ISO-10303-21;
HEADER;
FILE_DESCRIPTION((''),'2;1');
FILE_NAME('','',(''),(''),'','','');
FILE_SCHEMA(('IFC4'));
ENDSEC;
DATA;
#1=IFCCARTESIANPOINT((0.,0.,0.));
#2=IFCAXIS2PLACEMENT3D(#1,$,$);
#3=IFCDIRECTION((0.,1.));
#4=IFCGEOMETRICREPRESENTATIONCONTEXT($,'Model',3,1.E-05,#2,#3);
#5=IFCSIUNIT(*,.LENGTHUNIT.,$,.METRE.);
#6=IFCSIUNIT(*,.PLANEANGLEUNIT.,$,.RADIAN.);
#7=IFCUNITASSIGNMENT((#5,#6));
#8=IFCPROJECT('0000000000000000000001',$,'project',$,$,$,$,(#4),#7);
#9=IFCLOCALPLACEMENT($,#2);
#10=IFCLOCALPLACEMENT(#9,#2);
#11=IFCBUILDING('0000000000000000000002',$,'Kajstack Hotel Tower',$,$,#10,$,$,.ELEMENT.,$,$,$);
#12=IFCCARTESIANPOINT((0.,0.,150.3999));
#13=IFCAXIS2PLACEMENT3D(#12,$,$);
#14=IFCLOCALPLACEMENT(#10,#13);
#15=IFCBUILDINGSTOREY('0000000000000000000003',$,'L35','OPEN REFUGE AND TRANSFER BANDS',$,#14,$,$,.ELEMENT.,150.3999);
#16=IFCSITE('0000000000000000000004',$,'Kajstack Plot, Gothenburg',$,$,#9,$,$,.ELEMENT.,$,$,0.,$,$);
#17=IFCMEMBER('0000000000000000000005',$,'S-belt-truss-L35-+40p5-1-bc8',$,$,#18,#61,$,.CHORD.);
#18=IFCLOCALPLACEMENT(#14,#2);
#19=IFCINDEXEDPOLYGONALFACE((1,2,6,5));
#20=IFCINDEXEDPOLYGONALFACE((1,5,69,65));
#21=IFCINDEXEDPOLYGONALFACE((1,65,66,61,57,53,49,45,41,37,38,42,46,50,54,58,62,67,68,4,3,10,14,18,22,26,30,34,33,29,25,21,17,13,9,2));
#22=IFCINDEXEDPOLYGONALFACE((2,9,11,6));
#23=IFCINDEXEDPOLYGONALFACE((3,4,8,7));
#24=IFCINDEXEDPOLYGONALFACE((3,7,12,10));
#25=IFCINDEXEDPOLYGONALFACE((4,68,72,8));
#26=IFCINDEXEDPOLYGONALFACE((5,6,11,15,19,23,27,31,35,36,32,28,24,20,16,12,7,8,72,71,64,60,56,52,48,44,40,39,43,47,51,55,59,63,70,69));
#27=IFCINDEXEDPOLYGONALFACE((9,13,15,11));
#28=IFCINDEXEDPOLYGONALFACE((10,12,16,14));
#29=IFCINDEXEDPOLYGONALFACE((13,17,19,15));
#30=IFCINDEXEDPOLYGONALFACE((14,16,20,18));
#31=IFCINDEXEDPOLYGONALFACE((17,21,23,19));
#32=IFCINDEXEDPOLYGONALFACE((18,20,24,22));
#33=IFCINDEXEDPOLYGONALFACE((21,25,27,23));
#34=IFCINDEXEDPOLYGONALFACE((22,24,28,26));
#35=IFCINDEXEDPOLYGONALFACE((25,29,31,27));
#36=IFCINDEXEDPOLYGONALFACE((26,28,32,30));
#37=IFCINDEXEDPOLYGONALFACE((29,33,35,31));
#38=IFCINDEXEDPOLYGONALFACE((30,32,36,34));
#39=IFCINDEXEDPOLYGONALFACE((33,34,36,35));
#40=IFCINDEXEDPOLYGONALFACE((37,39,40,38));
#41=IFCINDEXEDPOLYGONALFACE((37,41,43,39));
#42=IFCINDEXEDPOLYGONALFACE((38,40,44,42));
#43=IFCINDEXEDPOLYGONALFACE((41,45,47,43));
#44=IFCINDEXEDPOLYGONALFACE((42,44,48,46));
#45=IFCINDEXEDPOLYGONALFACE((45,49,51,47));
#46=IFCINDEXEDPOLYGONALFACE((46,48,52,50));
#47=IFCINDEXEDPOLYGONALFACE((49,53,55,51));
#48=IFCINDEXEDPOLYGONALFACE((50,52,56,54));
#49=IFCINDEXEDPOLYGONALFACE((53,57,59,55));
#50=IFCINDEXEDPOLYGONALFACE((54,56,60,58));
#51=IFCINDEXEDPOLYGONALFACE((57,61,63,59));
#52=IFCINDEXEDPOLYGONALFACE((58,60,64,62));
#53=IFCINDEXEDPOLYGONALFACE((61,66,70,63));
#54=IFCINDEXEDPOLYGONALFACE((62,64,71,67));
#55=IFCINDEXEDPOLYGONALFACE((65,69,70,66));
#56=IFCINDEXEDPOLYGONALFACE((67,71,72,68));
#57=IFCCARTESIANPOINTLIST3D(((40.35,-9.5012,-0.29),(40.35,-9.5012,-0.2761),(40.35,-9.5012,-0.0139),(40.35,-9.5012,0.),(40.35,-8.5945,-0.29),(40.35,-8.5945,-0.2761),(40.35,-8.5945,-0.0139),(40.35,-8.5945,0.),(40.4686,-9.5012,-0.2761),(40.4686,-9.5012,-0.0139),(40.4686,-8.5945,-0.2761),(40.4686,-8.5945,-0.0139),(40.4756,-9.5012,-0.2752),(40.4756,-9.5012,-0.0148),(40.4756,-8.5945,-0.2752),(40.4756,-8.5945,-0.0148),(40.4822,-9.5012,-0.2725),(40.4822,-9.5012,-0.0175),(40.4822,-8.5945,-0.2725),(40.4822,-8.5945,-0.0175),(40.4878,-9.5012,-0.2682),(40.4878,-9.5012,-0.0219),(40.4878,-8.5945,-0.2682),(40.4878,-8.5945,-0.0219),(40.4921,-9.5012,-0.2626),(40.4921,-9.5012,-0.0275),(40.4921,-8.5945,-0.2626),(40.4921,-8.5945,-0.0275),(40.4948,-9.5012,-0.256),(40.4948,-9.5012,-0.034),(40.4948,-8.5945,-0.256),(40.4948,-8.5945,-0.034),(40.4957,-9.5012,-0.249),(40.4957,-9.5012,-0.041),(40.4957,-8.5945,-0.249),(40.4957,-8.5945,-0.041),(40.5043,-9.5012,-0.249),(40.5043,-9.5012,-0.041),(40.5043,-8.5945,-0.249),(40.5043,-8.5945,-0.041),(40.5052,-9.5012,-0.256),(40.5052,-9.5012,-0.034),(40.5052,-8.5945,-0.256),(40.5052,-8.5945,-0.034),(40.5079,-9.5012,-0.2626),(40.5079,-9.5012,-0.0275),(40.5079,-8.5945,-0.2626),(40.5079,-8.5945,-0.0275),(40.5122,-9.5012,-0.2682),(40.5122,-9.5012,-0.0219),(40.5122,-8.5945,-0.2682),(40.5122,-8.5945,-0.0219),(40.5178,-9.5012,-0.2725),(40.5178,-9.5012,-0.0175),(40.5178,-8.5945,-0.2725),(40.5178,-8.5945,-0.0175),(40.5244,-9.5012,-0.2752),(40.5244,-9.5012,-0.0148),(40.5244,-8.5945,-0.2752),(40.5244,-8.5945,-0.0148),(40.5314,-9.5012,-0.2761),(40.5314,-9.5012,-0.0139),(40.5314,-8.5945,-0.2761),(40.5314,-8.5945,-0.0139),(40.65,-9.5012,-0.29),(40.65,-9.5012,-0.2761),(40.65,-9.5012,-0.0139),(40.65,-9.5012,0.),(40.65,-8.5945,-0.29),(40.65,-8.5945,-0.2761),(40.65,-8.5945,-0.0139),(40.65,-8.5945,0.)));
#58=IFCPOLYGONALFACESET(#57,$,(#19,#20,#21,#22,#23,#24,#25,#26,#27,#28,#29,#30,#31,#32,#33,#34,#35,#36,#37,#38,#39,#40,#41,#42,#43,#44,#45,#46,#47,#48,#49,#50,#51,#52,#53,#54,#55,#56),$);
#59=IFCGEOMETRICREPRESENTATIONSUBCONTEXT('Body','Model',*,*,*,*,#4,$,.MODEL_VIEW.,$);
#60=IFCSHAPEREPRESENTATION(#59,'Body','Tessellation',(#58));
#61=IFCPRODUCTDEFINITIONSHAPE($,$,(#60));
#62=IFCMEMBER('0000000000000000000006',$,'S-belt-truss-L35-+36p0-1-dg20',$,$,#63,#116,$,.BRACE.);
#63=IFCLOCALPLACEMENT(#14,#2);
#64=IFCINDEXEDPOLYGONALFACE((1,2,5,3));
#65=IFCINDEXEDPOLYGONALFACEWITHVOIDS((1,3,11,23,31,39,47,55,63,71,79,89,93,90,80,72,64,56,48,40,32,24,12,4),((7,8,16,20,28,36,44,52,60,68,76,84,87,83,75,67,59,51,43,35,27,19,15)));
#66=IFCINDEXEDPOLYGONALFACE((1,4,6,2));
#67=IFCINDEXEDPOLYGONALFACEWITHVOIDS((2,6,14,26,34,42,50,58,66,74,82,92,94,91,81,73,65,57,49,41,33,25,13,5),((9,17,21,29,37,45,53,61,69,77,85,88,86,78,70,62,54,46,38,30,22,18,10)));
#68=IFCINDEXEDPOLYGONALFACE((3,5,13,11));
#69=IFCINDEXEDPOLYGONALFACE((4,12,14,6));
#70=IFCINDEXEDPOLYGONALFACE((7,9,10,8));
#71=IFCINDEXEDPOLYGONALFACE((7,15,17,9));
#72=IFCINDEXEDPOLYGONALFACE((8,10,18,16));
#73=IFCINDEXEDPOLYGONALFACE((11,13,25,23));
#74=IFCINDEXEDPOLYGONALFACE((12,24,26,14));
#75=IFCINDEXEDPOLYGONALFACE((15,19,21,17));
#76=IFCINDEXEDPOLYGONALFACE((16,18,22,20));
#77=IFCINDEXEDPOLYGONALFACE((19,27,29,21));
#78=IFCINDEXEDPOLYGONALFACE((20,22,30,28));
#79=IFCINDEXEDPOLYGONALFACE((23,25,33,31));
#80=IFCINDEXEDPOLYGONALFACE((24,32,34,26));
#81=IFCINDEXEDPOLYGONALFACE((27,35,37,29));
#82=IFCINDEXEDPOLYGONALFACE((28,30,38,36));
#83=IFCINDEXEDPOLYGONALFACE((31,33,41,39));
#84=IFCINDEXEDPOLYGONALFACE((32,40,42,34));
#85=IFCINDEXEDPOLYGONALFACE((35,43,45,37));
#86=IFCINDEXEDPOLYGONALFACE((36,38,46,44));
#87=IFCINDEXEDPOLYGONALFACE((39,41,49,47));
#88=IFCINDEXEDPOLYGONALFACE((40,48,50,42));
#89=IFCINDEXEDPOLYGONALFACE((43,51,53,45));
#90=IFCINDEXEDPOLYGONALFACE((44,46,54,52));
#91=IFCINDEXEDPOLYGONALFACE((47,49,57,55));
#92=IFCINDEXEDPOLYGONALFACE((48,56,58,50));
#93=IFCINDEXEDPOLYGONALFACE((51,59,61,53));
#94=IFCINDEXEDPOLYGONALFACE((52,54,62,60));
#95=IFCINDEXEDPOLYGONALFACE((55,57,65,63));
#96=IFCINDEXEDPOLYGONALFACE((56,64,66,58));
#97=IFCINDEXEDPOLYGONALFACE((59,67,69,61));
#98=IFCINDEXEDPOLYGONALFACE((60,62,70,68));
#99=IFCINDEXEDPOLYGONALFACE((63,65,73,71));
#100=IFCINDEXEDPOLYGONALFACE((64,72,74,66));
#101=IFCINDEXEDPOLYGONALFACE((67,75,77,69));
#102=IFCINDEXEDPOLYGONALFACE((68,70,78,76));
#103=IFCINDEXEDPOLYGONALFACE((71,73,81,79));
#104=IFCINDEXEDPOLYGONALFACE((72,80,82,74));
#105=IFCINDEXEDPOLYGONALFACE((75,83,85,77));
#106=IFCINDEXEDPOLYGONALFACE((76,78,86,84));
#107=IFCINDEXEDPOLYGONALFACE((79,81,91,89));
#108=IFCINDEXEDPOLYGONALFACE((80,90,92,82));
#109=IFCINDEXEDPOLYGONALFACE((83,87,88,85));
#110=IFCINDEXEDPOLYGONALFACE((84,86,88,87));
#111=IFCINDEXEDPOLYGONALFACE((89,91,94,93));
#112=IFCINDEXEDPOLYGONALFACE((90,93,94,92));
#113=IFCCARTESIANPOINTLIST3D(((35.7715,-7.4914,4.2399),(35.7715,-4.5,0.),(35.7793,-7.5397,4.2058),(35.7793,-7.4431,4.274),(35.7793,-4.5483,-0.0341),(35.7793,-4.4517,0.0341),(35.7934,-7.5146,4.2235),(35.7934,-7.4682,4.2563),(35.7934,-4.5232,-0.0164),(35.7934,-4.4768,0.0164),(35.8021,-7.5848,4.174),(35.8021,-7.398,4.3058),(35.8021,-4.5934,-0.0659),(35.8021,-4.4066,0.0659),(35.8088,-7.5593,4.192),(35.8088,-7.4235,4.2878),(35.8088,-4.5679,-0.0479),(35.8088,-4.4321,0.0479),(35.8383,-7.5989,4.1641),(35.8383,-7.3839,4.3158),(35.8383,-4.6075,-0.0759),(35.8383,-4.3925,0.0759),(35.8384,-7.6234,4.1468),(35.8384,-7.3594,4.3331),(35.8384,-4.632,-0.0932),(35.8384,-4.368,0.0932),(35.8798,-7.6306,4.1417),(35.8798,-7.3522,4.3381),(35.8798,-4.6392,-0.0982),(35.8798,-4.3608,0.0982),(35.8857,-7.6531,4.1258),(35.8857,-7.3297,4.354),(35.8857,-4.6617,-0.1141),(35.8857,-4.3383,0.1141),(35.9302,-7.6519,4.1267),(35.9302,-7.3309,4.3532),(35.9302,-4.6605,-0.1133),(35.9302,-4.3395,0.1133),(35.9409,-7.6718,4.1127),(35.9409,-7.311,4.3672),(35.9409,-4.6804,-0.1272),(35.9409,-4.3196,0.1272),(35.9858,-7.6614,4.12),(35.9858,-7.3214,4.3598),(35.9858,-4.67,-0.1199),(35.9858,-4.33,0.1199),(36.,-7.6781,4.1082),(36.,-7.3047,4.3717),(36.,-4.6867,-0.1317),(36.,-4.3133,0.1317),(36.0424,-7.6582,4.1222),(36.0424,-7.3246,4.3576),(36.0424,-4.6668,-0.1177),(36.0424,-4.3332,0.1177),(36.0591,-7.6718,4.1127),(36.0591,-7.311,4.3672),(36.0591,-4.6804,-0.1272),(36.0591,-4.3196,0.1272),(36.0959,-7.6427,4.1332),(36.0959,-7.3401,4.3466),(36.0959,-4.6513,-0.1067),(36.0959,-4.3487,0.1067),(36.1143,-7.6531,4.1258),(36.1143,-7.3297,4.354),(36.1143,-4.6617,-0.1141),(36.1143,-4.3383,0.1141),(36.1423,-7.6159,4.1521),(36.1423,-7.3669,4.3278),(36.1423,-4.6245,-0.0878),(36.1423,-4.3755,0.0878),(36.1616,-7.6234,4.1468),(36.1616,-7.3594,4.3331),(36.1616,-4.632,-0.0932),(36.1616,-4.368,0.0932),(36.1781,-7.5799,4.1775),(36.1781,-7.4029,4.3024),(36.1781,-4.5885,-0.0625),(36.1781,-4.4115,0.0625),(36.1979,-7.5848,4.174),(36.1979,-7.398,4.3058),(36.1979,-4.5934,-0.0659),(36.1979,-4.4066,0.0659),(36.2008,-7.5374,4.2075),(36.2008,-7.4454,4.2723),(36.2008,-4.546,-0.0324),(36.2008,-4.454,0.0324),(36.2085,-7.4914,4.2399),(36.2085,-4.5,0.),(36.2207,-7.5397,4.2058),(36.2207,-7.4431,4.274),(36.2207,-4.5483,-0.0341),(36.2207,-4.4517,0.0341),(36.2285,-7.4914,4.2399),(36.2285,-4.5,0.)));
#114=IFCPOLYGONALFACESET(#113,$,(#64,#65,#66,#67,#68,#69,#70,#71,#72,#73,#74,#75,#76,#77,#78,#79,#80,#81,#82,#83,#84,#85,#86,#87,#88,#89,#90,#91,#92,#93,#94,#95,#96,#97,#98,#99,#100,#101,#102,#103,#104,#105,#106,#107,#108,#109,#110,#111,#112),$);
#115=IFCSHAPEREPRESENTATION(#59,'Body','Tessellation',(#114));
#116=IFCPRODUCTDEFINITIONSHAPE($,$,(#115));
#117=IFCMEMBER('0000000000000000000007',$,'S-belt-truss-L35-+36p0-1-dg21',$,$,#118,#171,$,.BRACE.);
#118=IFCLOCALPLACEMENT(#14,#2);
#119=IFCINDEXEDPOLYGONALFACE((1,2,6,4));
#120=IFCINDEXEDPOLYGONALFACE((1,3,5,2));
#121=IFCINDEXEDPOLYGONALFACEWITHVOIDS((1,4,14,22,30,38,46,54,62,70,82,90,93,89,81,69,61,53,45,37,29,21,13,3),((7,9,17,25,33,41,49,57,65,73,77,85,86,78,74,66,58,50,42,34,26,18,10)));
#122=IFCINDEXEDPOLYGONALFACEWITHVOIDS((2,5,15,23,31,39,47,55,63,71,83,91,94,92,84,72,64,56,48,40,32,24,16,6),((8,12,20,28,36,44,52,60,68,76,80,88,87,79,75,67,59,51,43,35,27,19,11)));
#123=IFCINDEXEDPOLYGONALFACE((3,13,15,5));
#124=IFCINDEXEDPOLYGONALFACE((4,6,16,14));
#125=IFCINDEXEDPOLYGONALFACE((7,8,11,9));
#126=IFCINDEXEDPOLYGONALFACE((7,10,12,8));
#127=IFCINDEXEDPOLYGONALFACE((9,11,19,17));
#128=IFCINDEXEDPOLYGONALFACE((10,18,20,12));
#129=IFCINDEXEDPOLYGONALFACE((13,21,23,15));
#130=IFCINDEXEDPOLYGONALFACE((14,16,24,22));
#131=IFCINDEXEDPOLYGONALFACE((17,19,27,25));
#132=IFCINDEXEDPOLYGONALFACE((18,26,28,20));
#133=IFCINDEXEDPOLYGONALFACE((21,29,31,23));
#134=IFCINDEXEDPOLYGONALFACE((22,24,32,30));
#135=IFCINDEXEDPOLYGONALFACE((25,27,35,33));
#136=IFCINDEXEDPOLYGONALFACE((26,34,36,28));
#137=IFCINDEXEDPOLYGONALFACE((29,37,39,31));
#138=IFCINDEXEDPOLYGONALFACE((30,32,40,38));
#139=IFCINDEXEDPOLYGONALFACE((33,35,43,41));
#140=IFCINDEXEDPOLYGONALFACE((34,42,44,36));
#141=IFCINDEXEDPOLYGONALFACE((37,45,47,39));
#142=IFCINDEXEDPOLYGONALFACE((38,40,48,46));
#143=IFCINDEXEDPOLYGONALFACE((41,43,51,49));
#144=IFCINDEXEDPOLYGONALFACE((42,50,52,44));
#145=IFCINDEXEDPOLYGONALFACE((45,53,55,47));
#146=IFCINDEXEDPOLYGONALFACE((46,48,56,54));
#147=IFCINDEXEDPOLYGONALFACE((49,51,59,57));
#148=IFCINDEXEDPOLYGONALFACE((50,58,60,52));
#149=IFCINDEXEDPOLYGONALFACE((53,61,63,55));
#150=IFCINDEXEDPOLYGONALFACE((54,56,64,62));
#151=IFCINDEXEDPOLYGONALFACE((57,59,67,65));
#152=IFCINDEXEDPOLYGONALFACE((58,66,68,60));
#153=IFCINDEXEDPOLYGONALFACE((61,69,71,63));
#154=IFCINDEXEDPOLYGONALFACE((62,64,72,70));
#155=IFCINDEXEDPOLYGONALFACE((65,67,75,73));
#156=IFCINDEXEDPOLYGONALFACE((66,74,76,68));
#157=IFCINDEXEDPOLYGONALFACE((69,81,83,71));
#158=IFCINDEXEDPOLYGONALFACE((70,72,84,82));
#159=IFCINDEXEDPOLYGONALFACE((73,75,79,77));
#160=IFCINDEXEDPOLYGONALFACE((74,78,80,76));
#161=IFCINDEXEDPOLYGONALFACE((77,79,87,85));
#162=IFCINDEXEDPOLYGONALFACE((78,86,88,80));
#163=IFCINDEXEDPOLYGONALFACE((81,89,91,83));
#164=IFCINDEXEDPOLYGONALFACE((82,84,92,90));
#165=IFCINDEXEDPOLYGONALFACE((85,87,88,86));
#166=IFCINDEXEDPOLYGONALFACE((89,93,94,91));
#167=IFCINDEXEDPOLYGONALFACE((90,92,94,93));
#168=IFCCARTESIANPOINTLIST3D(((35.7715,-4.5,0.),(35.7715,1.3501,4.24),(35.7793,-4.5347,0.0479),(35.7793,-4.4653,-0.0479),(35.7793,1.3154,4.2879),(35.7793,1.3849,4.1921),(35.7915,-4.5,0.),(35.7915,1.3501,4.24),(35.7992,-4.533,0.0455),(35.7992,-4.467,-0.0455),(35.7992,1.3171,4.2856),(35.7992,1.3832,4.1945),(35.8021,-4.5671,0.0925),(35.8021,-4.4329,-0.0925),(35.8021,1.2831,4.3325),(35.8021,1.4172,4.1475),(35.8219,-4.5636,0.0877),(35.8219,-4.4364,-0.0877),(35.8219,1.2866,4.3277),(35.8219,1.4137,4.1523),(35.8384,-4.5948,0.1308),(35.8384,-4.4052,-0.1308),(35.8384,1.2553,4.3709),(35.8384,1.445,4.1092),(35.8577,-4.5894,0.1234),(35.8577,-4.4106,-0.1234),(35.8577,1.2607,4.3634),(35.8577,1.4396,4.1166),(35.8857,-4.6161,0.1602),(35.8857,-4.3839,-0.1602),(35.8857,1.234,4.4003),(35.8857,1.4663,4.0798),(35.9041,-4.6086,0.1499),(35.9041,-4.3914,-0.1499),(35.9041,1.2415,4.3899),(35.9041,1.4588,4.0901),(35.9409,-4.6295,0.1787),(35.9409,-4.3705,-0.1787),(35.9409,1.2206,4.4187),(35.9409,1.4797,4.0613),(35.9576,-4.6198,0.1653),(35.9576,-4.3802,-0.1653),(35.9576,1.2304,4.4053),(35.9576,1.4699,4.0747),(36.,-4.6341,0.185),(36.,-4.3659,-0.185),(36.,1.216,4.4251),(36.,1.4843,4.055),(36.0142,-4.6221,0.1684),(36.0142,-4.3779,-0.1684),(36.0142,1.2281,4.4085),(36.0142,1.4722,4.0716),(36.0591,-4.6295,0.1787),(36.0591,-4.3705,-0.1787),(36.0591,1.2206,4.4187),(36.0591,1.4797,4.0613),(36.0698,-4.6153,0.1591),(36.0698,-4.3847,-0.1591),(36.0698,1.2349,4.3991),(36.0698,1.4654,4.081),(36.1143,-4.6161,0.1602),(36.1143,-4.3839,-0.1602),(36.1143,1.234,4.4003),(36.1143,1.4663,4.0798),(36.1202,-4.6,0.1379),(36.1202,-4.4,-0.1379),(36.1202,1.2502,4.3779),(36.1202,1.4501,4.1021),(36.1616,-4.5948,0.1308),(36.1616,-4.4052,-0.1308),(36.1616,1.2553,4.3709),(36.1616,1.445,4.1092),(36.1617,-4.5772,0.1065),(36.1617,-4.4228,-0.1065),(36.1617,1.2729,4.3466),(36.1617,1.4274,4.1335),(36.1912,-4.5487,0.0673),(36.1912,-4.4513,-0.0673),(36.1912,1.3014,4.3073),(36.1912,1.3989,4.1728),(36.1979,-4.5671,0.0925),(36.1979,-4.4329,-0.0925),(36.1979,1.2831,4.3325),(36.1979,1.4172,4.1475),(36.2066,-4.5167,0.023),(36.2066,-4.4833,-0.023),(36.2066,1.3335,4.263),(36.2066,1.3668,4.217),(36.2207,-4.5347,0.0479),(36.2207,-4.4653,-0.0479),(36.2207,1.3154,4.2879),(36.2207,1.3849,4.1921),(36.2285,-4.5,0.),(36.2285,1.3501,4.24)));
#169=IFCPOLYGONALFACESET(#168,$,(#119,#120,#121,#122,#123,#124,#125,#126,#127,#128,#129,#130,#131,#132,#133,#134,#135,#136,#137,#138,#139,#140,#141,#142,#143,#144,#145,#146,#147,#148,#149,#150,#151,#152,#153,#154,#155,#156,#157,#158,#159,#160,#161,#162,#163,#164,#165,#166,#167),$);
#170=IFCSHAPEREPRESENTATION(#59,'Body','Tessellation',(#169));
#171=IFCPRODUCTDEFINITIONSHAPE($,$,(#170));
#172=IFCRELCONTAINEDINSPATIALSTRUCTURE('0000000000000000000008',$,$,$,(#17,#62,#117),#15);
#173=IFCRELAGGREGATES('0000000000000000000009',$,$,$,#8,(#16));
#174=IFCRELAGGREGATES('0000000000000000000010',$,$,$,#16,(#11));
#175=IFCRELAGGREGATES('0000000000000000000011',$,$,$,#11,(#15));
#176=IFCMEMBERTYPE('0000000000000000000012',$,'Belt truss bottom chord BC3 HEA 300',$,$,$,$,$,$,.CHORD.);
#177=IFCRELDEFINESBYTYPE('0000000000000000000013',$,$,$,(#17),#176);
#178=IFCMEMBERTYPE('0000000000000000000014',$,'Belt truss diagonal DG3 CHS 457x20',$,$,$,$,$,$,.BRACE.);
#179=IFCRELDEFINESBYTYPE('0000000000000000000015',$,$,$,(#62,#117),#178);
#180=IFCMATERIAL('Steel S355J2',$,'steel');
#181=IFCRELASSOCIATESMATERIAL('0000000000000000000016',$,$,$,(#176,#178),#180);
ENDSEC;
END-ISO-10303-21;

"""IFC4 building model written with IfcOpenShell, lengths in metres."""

from ifc_helpers import new_model, si_unit, direction, frame, origin, origin_2d, place, context, subcontext, project, spatial, hollow_circle, i_section, extrude, material, material_profile, profile_set, type_object, element, save


model = new_model("IFC4")

# Units and contexts
model_context = context("Model", 3, precision=1e-05, world=origin(), true_north=direction((0.0, 1.0)))
body_context = subcontext(model_context, "Body", "Model", "MODEL_VIEW")
ifc_project = project(units=[si_unit("LENGTHUNIT", "METRE"), si_unit("PLANEANGLEUNIT", "RADIAN")], contexts=[model_context])

# Site, building, storey
site_placement = place(None, origin())
site = spatial("IfcSite", under=ifc_project, at=site_placement, Name="Kajstack Plot, Gothenburg", CompositionType="ELEMENT", RefElevation=0.0)
building_placement = place(site_placement, origin())
building = spatial("IfcBuilding", under=site, at=building_placement, Name="Kajstack Hotel Tower", CompositionType="ELEMENT")
storey_placement = place(building_placement, frame((0.0, 0.0, 150.3999)))
storey = spatial("IfcBuildingStorey", under=building, at=storey_placement, Name="L35", Description="OPEN REFUGE AND TRANSFER BANDS", CompositionType="ELEMENT", Elevation=150.3999)

# Members
ifc_material = material(Name="Steel S355J2", Category="steel")
ifc_material_profile_1 = material_profile(ifc_material, i_section(OverallWidth=0.3, OverallDepth=0.29, WebThickness=0.0085, FlangeThickness=0.0139, FilletRadius=0.0271, at=origin_2d()), Name="HEA 300")
ifc_profile_set_1 = profile_set([ifc_material_profile_1], Name="Steel S355J2")
member_type_1 = type_object("IfcMemberType", Name="Belt truss bottom chord BC3 HEA 300", PredefinedType="CHORD", material=ifc_profile_set_1)
member_1_placement = place(storey_placement, frame((40.5, -9.5012, -0.145), z_axis=(0.0, 1.0, 0.0), x_axis=(-1.0, 0.0, 0.0)))
element("IfcMember", 1, at=member_1_placement, inside=storey, type_object=member_type_1, Name="S-belt-truss-L35-+40p5-1-bc8", PredefinedType="CHORD", context=body_context, shape_type="SweptSolid", body=[
    extrude(i_section(OverallWidth=0.3, OverallDepth=0.29, WebThickness=0.0085, FlangeThickness=0.0139, FilletRadius=0.0271, at=origin_2d()), origin(), (0.0, 0.0, 1.0), 0.9067),
])
ifc_material_profile_2 = material_profile(ifc_material, hollow_circle(Radius=0.2285, WallThickness=0.02, at=origin_2d()), Name="CHS 457x20")
ifc_profile_set_2 = profile_set([ifc_material_profile_2], Name="Steel S355J2")
member_type_2 = type_object("IfcMemberType", Name="Belt truss diagonal DG3 CHS 457x20", PredefinedType="BRACE", material=ifc_profile_set_2)
member_2_placement = place(storey_placement, frame((36.0, -4.5, 0.0), z_axis=(0.0, -0.576493, 0.817102), x_axis=(1.0, 0.0, 0.0)))
element("IfcMember", 2, at=member_2_placement, inside=storey, type_object=member_type_2, Name="S-belt-truss-L35-+36p0-1-dg20", PredefinedType="BRACE", context=body_context, shape_type="SweptSolid", body=[
    extrude(hollow_circle(Radius=0.2285, WallThickness=0.02, at=origin_2d()), origin(), (0.0, 0.0, 1.0), 5.189),
])
member_3_placement = place(storey_placement, frame((36.0, -4.5, 0.0), z_axis=(0.0, 0.809698, 0.586847), x_axis=(-1.0, 0.0, 0.0)))
element("IfcMember", 3, at=member_3_placement, inside=storey, type_object=member_type_2, Name="S-belt-truss-L35-+36p0-1-dg21", PredefinedType="BRACE", context=body_context, shape_type="SweptSolid", body=[
    extrude(hollow_circle(Radius=0.2285, WallThickness=0.02, at=origin_2d()), origin(), (0.0, 0.0, 1.0), 7.2251),
])

save(model, "model.ifc")
